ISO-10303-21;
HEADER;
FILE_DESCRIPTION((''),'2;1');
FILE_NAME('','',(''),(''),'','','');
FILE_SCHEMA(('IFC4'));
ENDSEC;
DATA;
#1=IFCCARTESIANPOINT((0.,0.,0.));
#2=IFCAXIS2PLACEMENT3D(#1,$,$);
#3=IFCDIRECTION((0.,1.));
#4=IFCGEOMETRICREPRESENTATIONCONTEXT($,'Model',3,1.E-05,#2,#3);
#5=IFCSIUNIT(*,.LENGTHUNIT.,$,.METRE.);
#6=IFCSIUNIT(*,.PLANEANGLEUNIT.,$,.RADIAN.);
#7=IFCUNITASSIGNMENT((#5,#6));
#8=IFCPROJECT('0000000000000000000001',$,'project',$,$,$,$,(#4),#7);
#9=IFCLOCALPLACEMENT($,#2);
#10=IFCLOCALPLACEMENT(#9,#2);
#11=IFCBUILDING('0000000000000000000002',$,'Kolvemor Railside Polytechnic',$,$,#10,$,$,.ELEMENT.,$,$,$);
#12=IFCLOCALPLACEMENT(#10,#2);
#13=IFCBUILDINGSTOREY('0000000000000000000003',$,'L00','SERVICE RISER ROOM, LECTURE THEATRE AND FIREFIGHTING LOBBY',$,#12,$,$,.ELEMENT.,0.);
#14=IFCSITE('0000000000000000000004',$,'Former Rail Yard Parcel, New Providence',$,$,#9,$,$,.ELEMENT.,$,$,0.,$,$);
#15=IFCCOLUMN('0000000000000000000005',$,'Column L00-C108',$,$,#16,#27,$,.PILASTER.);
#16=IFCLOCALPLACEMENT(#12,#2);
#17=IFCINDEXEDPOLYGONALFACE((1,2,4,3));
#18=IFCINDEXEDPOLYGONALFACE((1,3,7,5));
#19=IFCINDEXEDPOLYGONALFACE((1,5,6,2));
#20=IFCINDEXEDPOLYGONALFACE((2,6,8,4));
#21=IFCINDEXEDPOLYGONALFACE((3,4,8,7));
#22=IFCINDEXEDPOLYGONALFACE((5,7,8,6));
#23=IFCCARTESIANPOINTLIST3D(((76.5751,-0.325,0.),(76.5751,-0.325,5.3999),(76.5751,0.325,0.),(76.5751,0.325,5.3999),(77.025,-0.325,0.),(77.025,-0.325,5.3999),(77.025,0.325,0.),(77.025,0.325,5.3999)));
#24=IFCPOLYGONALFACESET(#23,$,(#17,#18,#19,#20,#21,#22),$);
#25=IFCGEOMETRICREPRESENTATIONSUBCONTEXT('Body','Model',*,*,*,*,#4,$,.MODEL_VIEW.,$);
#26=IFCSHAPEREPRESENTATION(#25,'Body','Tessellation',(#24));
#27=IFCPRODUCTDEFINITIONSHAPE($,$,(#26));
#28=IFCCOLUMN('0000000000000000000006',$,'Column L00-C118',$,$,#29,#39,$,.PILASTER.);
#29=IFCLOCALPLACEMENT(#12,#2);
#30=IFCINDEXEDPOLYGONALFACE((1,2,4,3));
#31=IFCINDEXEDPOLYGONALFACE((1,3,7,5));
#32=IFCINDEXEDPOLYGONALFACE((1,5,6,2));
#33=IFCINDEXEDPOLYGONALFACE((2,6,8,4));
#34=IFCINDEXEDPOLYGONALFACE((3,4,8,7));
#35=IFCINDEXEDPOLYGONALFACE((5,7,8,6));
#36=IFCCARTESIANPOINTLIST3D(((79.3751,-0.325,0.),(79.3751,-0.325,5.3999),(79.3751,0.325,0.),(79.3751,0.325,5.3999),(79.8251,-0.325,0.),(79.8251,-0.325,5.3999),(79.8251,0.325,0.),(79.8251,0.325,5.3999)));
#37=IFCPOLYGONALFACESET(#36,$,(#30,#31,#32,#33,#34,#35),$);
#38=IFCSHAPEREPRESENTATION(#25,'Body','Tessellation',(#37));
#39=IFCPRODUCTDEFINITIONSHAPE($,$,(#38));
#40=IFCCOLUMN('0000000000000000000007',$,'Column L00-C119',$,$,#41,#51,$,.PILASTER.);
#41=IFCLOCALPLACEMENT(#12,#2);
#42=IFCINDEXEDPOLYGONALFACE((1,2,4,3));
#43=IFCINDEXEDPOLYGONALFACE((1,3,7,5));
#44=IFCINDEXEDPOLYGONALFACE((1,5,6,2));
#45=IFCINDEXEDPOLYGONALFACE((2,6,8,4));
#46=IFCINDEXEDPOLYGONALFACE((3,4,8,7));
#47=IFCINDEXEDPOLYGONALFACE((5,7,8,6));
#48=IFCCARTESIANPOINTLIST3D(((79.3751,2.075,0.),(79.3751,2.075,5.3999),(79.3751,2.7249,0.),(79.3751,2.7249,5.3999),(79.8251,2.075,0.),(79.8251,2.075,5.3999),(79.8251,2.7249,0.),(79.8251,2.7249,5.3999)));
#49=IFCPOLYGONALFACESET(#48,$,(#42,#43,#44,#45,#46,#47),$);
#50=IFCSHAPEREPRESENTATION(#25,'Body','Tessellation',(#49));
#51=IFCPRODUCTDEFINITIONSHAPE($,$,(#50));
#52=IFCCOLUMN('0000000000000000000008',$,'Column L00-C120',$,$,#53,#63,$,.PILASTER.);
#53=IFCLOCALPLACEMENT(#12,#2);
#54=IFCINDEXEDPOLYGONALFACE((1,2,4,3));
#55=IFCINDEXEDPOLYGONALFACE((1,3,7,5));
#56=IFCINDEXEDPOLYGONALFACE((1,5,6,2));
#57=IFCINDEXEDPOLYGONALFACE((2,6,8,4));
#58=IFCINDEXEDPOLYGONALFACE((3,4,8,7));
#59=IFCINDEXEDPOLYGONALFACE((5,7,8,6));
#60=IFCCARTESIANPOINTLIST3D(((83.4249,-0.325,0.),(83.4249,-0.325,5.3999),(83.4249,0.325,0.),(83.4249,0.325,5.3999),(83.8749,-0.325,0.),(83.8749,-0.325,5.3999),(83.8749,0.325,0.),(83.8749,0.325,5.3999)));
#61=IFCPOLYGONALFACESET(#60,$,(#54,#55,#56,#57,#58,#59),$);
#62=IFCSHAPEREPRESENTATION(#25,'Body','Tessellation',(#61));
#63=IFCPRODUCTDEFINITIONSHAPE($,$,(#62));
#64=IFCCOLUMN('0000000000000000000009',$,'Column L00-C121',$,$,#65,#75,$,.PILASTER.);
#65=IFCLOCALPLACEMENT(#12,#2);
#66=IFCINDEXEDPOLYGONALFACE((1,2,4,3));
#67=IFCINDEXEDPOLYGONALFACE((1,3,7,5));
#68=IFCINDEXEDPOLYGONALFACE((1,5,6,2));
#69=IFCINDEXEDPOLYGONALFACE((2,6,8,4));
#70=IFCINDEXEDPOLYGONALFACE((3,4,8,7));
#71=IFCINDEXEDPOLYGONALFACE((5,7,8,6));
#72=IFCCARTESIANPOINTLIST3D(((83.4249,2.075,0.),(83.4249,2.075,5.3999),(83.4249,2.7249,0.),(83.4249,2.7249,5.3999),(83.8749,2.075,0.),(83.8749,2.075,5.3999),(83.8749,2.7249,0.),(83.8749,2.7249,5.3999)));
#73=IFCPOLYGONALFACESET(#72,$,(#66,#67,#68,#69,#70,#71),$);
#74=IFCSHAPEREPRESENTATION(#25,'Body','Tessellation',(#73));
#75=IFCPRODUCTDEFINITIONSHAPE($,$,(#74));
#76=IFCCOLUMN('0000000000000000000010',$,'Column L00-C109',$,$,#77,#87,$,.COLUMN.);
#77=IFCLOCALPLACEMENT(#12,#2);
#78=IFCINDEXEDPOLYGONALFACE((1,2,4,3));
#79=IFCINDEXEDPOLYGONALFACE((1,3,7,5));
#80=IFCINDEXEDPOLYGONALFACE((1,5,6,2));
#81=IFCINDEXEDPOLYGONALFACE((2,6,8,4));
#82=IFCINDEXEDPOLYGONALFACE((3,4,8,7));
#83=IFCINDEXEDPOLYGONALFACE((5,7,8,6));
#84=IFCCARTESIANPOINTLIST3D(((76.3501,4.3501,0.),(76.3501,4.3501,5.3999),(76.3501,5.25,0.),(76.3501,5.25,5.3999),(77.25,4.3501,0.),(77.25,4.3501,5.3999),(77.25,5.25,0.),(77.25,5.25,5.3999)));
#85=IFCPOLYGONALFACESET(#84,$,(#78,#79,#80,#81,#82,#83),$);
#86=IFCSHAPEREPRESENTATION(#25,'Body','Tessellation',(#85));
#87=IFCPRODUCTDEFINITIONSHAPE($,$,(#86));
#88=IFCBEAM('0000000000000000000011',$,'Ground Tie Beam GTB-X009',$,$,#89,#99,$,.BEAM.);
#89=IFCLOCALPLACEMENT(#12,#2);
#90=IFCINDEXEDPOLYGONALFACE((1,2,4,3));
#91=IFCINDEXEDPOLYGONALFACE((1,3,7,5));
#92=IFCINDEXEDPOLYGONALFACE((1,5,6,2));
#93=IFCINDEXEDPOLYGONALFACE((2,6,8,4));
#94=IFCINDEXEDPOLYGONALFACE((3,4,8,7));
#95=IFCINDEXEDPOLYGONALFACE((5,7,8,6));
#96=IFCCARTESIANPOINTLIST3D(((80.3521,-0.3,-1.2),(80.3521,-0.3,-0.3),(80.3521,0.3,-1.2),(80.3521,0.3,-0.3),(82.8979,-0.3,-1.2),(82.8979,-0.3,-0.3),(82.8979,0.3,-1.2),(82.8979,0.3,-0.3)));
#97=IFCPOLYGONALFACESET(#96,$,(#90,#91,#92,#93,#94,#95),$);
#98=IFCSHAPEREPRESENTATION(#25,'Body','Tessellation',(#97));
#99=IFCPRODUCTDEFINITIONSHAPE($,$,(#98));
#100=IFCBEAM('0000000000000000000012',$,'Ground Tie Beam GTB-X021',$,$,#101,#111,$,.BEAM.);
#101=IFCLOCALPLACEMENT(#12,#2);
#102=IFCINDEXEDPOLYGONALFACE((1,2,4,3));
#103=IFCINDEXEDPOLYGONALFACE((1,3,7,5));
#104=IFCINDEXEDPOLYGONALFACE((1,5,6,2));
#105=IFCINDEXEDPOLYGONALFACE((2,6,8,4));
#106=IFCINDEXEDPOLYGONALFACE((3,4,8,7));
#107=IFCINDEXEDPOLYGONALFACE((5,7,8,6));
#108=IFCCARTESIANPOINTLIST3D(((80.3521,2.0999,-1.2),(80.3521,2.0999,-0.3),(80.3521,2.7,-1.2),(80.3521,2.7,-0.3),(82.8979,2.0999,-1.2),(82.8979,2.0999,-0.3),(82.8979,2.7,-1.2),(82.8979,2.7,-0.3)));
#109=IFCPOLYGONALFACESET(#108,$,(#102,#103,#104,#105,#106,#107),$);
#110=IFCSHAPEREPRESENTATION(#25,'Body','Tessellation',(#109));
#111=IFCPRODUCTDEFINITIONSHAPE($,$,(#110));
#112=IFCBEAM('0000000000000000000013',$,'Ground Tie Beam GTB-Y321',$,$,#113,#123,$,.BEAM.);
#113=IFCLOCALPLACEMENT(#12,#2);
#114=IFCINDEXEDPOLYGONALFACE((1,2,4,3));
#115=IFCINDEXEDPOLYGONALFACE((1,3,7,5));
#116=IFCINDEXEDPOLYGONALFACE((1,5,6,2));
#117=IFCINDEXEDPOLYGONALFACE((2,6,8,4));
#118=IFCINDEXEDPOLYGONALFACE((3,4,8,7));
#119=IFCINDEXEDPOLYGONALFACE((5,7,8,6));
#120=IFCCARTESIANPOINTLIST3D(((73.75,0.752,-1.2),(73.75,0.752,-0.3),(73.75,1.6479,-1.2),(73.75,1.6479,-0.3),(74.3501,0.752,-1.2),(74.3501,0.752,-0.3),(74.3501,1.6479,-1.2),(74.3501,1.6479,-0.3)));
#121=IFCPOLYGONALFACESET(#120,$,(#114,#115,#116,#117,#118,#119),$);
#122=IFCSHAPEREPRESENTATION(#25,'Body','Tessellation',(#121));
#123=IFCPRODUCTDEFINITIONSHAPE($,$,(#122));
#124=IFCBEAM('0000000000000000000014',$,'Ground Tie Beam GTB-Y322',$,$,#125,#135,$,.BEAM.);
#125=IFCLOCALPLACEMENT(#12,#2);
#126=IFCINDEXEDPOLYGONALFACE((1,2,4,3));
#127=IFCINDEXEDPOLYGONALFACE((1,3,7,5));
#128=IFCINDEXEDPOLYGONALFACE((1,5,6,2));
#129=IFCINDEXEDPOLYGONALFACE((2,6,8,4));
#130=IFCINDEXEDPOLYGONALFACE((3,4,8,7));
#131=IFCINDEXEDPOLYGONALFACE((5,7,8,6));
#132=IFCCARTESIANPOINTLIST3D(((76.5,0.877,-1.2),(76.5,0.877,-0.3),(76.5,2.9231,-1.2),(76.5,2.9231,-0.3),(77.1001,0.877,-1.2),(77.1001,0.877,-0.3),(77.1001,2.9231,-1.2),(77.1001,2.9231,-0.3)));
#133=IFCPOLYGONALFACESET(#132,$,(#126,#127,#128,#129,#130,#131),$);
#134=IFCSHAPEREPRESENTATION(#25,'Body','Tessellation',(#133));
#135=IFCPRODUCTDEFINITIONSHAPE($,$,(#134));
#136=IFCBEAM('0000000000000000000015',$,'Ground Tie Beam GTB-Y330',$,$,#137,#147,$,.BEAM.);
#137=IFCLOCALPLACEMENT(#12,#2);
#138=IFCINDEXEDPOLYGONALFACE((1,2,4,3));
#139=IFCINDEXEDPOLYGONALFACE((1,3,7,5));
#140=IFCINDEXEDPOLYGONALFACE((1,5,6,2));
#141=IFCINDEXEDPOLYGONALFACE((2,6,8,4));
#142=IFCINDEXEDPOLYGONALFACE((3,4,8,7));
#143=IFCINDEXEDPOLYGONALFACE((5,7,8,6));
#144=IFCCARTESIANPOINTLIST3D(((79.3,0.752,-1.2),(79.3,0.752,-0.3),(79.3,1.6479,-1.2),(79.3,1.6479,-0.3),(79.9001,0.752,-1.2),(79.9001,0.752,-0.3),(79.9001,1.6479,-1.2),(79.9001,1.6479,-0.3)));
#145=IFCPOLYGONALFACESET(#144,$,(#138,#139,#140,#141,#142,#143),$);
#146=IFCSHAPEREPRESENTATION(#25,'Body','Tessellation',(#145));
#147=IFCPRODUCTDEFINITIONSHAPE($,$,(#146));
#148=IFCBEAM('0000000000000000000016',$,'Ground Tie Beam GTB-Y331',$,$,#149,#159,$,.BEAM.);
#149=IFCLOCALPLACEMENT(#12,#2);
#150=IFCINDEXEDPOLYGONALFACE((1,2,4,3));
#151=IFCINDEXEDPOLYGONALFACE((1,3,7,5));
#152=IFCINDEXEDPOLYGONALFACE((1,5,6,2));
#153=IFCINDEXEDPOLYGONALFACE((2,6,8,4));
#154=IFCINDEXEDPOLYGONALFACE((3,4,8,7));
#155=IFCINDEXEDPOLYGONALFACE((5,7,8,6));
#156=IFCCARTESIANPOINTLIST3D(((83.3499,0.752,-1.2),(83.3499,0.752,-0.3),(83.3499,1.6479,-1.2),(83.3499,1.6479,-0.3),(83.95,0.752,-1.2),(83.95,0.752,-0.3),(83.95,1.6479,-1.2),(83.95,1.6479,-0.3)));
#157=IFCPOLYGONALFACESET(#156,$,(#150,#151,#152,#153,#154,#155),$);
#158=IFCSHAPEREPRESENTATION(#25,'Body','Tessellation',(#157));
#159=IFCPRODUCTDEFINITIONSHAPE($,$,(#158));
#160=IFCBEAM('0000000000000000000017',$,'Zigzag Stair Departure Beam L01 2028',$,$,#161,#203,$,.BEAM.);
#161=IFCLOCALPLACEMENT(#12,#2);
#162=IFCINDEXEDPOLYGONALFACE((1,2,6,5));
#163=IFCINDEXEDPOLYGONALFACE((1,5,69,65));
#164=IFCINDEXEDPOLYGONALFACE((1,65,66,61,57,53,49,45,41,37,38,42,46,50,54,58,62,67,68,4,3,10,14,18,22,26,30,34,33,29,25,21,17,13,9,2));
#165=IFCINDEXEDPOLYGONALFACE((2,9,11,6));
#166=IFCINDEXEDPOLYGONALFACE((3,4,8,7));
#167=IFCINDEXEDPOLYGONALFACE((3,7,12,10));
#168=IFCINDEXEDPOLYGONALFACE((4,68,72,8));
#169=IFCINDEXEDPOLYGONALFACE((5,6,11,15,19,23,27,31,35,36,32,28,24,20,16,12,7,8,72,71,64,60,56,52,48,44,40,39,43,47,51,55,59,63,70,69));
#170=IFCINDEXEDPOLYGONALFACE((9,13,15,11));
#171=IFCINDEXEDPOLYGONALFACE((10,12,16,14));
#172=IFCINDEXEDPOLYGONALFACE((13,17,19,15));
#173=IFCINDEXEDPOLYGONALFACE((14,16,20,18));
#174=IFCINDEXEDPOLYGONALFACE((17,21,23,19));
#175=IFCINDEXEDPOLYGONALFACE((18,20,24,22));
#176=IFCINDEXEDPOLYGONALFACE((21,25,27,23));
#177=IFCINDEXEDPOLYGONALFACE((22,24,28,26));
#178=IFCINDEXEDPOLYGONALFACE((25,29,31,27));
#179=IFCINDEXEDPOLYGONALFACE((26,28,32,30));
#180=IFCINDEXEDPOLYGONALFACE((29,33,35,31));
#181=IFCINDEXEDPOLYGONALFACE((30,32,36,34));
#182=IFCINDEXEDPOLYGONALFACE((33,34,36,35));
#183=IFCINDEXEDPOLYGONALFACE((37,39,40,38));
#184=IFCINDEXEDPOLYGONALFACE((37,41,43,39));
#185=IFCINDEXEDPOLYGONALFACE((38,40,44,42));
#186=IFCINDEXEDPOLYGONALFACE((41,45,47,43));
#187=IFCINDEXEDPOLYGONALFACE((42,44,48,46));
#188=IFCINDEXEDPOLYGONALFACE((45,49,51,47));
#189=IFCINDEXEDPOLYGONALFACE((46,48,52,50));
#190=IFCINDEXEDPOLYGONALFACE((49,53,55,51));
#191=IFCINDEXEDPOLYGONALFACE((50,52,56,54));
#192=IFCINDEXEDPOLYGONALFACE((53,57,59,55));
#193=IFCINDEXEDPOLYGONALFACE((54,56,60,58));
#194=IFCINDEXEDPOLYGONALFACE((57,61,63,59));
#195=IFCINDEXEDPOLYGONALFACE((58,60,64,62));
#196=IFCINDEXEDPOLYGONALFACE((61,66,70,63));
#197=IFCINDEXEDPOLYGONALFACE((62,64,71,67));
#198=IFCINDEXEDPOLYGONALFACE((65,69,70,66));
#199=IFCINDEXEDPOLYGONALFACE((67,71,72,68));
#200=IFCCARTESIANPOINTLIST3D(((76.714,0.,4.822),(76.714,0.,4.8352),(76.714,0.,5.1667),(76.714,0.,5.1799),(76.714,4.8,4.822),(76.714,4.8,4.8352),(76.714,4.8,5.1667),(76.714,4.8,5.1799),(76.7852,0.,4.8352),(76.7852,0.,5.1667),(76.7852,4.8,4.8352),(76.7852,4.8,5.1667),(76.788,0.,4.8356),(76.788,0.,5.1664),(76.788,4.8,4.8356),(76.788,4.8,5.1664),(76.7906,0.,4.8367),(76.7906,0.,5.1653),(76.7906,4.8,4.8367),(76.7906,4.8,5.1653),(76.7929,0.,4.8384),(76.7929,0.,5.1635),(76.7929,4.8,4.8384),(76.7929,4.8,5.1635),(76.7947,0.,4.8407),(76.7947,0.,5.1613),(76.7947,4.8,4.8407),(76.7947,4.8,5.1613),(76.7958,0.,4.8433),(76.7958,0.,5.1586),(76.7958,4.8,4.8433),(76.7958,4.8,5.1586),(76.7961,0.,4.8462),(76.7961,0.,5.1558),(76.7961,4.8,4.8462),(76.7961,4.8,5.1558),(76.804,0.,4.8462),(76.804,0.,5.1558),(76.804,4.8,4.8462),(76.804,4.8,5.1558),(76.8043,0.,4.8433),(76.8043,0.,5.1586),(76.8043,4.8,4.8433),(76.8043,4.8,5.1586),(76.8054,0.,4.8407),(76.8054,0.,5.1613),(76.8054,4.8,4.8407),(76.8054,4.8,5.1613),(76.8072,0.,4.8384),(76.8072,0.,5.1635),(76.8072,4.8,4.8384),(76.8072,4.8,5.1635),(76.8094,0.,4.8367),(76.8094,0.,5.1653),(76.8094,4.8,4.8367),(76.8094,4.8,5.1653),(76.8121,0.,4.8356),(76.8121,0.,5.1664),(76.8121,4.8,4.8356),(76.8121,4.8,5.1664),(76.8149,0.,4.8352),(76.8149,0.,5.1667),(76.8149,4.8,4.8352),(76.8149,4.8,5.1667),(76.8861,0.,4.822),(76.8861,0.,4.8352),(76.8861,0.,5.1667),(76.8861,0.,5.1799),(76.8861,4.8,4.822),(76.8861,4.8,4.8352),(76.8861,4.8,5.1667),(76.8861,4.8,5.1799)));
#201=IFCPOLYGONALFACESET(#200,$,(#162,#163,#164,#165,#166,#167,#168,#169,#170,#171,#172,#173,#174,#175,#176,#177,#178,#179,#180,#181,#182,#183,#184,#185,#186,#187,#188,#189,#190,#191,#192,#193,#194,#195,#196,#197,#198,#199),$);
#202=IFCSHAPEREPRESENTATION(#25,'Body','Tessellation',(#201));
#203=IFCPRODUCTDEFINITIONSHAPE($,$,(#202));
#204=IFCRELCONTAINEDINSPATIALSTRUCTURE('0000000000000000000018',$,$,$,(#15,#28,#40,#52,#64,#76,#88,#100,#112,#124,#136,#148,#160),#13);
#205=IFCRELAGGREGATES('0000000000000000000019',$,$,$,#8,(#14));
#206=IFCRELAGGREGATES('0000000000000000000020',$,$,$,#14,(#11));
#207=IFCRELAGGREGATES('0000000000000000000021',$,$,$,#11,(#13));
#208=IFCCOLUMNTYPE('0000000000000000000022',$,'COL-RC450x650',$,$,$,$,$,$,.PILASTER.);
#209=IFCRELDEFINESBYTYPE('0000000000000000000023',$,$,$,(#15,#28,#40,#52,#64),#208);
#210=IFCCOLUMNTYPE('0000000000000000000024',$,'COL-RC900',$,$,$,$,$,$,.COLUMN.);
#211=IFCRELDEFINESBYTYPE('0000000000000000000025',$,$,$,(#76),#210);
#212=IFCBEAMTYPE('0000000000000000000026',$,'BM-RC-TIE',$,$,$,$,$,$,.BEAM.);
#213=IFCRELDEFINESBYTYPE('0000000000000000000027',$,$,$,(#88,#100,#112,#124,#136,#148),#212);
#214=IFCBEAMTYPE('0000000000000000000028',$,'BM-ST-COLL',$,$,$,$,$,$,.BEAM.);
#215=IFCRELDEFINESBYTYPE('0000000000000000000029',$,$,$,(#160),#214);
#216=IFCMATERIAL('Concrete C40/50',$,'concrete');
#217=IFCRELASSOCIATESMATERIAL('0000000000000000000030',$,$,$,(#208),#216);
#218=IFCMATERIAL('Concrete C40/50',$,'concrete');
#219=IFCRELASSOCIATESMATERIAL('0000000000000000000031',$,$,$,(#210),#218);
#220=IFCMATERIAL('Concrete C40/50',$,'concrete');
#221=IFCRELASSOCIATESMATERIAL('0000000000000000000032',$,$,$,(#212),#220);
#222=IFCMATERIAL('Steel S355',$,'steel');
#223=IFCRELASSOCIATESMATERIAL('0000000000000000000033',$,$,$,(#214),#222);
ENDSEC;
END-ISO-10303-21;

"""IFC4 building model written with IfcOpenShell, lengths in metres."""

from ifc_helpers import new_model, si_unit, direction, frame, origin, origin_2d, place, context, subcontext, project, spatial, rectangle, i_section, extrude, material, material_profile, profile_set, type_object, element, save


model = new_model("IFC4")

# Units and contexts
model_context = context("Model", 3, precision=1e-05, world=origin(), true_north=direction((0.0, 1.0)))
body_context = subcontext(model_context, "Body", "Model", "MODEL_VIEW")
ifc_project = project(units=[si_unit("LENGTHUNIT", "METRE"), si_unit("PLANEANGLEUNIT", "RADIAN")], contexts=[model_context])

# Site, building, storey
site_placement = place(None, origin())
site = spatial("IfcSite", under=ifc_project, at=site_placement, Name="Former Rail Yard Parcel, New Providence", CompositionType="ELEMENT", RefElevation=0.0)
building_placement = place(site_placement, origin())
building = spatial("IfcBuilding", under=site, at=building_placement, Name="Kolvemor Railside Polytechnic", CompositionType="ELEMENT")
storey_placement = place(building_placement, origin())
storey = spatial("IfcBuildingStorey", under=building, at=storey_placement, Name="L00", Description="SERVICE RISER ROOM, LECTURE THEATRE AND FIREFIGHTING LOBBY", CompositionType="ELEMENT", Elevation=0.0)

# Columns
ifc_material_1 = material(Name="Concrete C40/50", Category="concrete")
ifc_material_profile_1 = material_profile(ifc_material_1, rectangle(XDim=0.45, YDim=0.6499, at=origin_2d()), Name="RC450x650")
ifc_profile_set_1 = profile_set([ifc_material_profile_1], Name="Concrete C40/50")
column_type_1 = type_object("IfcColumnType", Name="COL-RC450x650", PredefinedType="PILASTER", material=ifc_profile_set_1)
for number, where, z_axis, x_axis, name in (
    (1, (76.8, 0.0, 0.0), (0.0, 0.0, 1.0), (1.0, 0.0, 0.0), "Column L00-C108"),
    (2, (79.6001, 0.0, 0.0), (0.0, 0.0, 1.0), (1.0, 0.0, 0.0), "Column L00-C118"),
    (3, (79.6001, 2.3999, 0.0), (0.0, 0.0, 1.0), (1.0, 0.0, 0.0), "Column L00-C119"),
    (4, (83.6499, 0.0, 0.0), (0.0, 0.0, 1.0), (1.0, 0.0, 0.0), "Column L00-C120"),
    (5, (83.6499, 2.3999, 0.0), (0.0, 0.0, 1.0), (1.0, 0.0, 0.0), "Column L00-C121"),
):
    element("IfcColumn", number, at=place(storey_placement, frame(where, z_axis=z_axis, x_axis=x_axis)), inside=storey, type_object=column_type_1, Name=name, PredefinedType="PILASTER", context=body_context, shape_type="SweptSolid", body=[
        extrude(rectangle(XDim=0.45, YDim=0.6499, at=origin_2d()), origin(), (0.0, 0.0, 1.0), 5.3999),
    ])
ifc_material_2 = material(Name="Concrete C40/50", Category="concrete")
ifc_material_profile_2 = material_profile(ifc_material_2, rectangle(XDim=0.8999, YDim=0.8999, at=origin_2d()), Name="RC900x900")
ifc_profile_set_2 = profile_set([ifc_material_profile_2], Name="Concrete C40/50")
column_type_2 = type_object("IfcColumnType", Name="COL-RC900", PredefinedType="COLUMN", material=ifc_profile_set_2)
column_placement = place(storey_placement, frame((76.8, 4.8, 0.0), z_axis=(0.0, 0.0, 1.0), x_axis=(1.0, 0.0, 0.0)))
element("IfcColumn", 6, at=column_placement, inside=storey, type_object=column_type_2, Name="Column L00-C109", PredefinedType="COLUMN", context=body_context, shape_type="SweptSolid", body=[
    extrude(rectangle(XDim=0.8999, YDim=0.8999, at=origin_2d()), origin(), (0.0, 0.0, 1.0), 5.3999),
])

# Beams
ifc_material_3 = material(Name="Concrete C40/50", Category="concrete")
ifc_material_profile_3 = material_profile(ifc_material_3, rectangle(XDim=0.6001, YDim=0.8999, at=origin_2d()), Name="RC600x900")
ifc_profile_set_3 = profile_set([ifc_material_profile_3], Name="Concrete C40/50")
beam_type_1 = type_object("IfcBeamType", Name="BM-RC-TIE", PredefinedType="BEAM", material=ifc_profile_set_3)
for number, where, z_axis, x_axis, name in (
    (7, (80.3521, 0.0, -0.75), (1.0, 0.0, 0.0), (0.0, 1.0, 0.0), "Ground Tie Beam GTB-X009"),
    (8, (80.3521, 2.3999, -0.75), (1.0, 0.0, 0.0), (0.0, 1.0, 0.0), "Ground Tie Beam GTB-X021"),
):
    element("IfcBeam", number, at=place(storey_placement, frame(where, z_axis=z_axis, x_axis=x_axis)), inside=storey, type_object=beam_type_1, Name=name, PredefinedType="BEAM", context=body_context, shape_type="SweptSolid", body=[
        extrude(rectangle(XDim=0.6001, YDim=0.8999, at=origin_2d()), origin(), (0.0, 0.0, 1.0), 2.5459),
    ])
beam_1_placement = place(storey_placement, frame((74.05, 0.752, -0.75), z_axis=(0.0, 1.0, 0.0), x_axis=(-1.0, 0.0, 0.0)))
element("IfcBeam", 9, at=beam_1_placement, inside=storey, type_object=beam_type_1, Name="Ground Tie Beam GTB-Y321", PredefinedType="BEAM", context=body_context, shape_type="SweptSolid", body=[
    extrude(rectangle(XDim=0.6001, YDim=0.8999, at=origin_2d()), origin(), (0.0, 0.0, 1.0), 0.896),
])
beam_2_placement = place(storey_placement, frame((76.8, 0.877, -0.75), z_axis=(0.0, 1.0, 0.0), x_axis=(-1.0, 0.0, 0.0)))
element("IfcBeam", 10, at=beam_2_placement, inside=storey, type_object=beam_type_1, Name="Ground Tie Beam GTB-Y322", PredefinedType="BEAM", context=body_context, shape_type="SweptSolid", body=[
    extrude(rectangle(XDim=0.6001, YDim=0.8999, at=origin_2d()), origin(), (0.0, 0.0, 1.0), 2.0461),
])
for number, where, z_axis, x_axis, name in (
    (11, (79.6001, 0.752, -0.75), (0.0, 1.0, 0.0), (-1.0, 0.0, 0.0), "Ground Tie Beam GTB-Y330"),
    (12, (83.6499, 0.752, -0.75), (0.0, 1.0, 0.0), (-1.0, 0.0, 0.0), "Ground Tie Beam GTB-Y331"),
):
    element("IfcBeam", number, at=place(storey_placement, frame(where, z_axis=z_axis, x_axis=x_axis)), inside=storey, type_object=beam_type_1, Name=name, PredefinedType="BEAM", context=body_context, shape_type="SweptSolid", body=[
        extrude(rectangle(XDim=0.6001, YDim=0.8999, at=origin_2d()), origin(), (0.0, 0.0, 1.0), 0.896),
    ])
ifc_material_4 = material(Name="Steel S355", Category="steel")
ifc_material_profile_4 = material_profile(ifc_material_4, i_section(OverallWidth=0.1721, OverallDepth=0.3579, WebThickness=0.0078, FlangeThickness=0.0132, FilletRadius=0.011, at=origin_2d()), Name="W360x57")
ifc_profile_set_4 = profile_set([ifc_material_profile_4], Name="Steel S355")
beam_type_2 = type_object("IfcBeamType", Name="BM-ST-COLL", PredefinedType="BEAM", material=ifc_profile_set_4)
beam_3_placement = place(storey_placement, frame((76.8, 0.0, 5.001), z_axis=(0.0, 1.0, 0.0), x_axis=(-1.0, 0.0, 0.0)))
element("IfcBeam", 13, at=beam_3_placement, inside=storey, type_object=beam_type_2, Name="Zigzag Stair Departure Beam L01 2028", PredefinedType="BEAM", context=body_context, shape_type="SweptSolid", body=[
    extrude(i_section(OverallWidth=0.1721, OverallDepth=0.3579, WebThickness=0.0078, FlangeThickness=0.0132, FilletRadius=0.011, at=origin_2d()), origin(), (0.0, 0.0, 1.0), 4.8),
])

save(model, "model.ifc")
